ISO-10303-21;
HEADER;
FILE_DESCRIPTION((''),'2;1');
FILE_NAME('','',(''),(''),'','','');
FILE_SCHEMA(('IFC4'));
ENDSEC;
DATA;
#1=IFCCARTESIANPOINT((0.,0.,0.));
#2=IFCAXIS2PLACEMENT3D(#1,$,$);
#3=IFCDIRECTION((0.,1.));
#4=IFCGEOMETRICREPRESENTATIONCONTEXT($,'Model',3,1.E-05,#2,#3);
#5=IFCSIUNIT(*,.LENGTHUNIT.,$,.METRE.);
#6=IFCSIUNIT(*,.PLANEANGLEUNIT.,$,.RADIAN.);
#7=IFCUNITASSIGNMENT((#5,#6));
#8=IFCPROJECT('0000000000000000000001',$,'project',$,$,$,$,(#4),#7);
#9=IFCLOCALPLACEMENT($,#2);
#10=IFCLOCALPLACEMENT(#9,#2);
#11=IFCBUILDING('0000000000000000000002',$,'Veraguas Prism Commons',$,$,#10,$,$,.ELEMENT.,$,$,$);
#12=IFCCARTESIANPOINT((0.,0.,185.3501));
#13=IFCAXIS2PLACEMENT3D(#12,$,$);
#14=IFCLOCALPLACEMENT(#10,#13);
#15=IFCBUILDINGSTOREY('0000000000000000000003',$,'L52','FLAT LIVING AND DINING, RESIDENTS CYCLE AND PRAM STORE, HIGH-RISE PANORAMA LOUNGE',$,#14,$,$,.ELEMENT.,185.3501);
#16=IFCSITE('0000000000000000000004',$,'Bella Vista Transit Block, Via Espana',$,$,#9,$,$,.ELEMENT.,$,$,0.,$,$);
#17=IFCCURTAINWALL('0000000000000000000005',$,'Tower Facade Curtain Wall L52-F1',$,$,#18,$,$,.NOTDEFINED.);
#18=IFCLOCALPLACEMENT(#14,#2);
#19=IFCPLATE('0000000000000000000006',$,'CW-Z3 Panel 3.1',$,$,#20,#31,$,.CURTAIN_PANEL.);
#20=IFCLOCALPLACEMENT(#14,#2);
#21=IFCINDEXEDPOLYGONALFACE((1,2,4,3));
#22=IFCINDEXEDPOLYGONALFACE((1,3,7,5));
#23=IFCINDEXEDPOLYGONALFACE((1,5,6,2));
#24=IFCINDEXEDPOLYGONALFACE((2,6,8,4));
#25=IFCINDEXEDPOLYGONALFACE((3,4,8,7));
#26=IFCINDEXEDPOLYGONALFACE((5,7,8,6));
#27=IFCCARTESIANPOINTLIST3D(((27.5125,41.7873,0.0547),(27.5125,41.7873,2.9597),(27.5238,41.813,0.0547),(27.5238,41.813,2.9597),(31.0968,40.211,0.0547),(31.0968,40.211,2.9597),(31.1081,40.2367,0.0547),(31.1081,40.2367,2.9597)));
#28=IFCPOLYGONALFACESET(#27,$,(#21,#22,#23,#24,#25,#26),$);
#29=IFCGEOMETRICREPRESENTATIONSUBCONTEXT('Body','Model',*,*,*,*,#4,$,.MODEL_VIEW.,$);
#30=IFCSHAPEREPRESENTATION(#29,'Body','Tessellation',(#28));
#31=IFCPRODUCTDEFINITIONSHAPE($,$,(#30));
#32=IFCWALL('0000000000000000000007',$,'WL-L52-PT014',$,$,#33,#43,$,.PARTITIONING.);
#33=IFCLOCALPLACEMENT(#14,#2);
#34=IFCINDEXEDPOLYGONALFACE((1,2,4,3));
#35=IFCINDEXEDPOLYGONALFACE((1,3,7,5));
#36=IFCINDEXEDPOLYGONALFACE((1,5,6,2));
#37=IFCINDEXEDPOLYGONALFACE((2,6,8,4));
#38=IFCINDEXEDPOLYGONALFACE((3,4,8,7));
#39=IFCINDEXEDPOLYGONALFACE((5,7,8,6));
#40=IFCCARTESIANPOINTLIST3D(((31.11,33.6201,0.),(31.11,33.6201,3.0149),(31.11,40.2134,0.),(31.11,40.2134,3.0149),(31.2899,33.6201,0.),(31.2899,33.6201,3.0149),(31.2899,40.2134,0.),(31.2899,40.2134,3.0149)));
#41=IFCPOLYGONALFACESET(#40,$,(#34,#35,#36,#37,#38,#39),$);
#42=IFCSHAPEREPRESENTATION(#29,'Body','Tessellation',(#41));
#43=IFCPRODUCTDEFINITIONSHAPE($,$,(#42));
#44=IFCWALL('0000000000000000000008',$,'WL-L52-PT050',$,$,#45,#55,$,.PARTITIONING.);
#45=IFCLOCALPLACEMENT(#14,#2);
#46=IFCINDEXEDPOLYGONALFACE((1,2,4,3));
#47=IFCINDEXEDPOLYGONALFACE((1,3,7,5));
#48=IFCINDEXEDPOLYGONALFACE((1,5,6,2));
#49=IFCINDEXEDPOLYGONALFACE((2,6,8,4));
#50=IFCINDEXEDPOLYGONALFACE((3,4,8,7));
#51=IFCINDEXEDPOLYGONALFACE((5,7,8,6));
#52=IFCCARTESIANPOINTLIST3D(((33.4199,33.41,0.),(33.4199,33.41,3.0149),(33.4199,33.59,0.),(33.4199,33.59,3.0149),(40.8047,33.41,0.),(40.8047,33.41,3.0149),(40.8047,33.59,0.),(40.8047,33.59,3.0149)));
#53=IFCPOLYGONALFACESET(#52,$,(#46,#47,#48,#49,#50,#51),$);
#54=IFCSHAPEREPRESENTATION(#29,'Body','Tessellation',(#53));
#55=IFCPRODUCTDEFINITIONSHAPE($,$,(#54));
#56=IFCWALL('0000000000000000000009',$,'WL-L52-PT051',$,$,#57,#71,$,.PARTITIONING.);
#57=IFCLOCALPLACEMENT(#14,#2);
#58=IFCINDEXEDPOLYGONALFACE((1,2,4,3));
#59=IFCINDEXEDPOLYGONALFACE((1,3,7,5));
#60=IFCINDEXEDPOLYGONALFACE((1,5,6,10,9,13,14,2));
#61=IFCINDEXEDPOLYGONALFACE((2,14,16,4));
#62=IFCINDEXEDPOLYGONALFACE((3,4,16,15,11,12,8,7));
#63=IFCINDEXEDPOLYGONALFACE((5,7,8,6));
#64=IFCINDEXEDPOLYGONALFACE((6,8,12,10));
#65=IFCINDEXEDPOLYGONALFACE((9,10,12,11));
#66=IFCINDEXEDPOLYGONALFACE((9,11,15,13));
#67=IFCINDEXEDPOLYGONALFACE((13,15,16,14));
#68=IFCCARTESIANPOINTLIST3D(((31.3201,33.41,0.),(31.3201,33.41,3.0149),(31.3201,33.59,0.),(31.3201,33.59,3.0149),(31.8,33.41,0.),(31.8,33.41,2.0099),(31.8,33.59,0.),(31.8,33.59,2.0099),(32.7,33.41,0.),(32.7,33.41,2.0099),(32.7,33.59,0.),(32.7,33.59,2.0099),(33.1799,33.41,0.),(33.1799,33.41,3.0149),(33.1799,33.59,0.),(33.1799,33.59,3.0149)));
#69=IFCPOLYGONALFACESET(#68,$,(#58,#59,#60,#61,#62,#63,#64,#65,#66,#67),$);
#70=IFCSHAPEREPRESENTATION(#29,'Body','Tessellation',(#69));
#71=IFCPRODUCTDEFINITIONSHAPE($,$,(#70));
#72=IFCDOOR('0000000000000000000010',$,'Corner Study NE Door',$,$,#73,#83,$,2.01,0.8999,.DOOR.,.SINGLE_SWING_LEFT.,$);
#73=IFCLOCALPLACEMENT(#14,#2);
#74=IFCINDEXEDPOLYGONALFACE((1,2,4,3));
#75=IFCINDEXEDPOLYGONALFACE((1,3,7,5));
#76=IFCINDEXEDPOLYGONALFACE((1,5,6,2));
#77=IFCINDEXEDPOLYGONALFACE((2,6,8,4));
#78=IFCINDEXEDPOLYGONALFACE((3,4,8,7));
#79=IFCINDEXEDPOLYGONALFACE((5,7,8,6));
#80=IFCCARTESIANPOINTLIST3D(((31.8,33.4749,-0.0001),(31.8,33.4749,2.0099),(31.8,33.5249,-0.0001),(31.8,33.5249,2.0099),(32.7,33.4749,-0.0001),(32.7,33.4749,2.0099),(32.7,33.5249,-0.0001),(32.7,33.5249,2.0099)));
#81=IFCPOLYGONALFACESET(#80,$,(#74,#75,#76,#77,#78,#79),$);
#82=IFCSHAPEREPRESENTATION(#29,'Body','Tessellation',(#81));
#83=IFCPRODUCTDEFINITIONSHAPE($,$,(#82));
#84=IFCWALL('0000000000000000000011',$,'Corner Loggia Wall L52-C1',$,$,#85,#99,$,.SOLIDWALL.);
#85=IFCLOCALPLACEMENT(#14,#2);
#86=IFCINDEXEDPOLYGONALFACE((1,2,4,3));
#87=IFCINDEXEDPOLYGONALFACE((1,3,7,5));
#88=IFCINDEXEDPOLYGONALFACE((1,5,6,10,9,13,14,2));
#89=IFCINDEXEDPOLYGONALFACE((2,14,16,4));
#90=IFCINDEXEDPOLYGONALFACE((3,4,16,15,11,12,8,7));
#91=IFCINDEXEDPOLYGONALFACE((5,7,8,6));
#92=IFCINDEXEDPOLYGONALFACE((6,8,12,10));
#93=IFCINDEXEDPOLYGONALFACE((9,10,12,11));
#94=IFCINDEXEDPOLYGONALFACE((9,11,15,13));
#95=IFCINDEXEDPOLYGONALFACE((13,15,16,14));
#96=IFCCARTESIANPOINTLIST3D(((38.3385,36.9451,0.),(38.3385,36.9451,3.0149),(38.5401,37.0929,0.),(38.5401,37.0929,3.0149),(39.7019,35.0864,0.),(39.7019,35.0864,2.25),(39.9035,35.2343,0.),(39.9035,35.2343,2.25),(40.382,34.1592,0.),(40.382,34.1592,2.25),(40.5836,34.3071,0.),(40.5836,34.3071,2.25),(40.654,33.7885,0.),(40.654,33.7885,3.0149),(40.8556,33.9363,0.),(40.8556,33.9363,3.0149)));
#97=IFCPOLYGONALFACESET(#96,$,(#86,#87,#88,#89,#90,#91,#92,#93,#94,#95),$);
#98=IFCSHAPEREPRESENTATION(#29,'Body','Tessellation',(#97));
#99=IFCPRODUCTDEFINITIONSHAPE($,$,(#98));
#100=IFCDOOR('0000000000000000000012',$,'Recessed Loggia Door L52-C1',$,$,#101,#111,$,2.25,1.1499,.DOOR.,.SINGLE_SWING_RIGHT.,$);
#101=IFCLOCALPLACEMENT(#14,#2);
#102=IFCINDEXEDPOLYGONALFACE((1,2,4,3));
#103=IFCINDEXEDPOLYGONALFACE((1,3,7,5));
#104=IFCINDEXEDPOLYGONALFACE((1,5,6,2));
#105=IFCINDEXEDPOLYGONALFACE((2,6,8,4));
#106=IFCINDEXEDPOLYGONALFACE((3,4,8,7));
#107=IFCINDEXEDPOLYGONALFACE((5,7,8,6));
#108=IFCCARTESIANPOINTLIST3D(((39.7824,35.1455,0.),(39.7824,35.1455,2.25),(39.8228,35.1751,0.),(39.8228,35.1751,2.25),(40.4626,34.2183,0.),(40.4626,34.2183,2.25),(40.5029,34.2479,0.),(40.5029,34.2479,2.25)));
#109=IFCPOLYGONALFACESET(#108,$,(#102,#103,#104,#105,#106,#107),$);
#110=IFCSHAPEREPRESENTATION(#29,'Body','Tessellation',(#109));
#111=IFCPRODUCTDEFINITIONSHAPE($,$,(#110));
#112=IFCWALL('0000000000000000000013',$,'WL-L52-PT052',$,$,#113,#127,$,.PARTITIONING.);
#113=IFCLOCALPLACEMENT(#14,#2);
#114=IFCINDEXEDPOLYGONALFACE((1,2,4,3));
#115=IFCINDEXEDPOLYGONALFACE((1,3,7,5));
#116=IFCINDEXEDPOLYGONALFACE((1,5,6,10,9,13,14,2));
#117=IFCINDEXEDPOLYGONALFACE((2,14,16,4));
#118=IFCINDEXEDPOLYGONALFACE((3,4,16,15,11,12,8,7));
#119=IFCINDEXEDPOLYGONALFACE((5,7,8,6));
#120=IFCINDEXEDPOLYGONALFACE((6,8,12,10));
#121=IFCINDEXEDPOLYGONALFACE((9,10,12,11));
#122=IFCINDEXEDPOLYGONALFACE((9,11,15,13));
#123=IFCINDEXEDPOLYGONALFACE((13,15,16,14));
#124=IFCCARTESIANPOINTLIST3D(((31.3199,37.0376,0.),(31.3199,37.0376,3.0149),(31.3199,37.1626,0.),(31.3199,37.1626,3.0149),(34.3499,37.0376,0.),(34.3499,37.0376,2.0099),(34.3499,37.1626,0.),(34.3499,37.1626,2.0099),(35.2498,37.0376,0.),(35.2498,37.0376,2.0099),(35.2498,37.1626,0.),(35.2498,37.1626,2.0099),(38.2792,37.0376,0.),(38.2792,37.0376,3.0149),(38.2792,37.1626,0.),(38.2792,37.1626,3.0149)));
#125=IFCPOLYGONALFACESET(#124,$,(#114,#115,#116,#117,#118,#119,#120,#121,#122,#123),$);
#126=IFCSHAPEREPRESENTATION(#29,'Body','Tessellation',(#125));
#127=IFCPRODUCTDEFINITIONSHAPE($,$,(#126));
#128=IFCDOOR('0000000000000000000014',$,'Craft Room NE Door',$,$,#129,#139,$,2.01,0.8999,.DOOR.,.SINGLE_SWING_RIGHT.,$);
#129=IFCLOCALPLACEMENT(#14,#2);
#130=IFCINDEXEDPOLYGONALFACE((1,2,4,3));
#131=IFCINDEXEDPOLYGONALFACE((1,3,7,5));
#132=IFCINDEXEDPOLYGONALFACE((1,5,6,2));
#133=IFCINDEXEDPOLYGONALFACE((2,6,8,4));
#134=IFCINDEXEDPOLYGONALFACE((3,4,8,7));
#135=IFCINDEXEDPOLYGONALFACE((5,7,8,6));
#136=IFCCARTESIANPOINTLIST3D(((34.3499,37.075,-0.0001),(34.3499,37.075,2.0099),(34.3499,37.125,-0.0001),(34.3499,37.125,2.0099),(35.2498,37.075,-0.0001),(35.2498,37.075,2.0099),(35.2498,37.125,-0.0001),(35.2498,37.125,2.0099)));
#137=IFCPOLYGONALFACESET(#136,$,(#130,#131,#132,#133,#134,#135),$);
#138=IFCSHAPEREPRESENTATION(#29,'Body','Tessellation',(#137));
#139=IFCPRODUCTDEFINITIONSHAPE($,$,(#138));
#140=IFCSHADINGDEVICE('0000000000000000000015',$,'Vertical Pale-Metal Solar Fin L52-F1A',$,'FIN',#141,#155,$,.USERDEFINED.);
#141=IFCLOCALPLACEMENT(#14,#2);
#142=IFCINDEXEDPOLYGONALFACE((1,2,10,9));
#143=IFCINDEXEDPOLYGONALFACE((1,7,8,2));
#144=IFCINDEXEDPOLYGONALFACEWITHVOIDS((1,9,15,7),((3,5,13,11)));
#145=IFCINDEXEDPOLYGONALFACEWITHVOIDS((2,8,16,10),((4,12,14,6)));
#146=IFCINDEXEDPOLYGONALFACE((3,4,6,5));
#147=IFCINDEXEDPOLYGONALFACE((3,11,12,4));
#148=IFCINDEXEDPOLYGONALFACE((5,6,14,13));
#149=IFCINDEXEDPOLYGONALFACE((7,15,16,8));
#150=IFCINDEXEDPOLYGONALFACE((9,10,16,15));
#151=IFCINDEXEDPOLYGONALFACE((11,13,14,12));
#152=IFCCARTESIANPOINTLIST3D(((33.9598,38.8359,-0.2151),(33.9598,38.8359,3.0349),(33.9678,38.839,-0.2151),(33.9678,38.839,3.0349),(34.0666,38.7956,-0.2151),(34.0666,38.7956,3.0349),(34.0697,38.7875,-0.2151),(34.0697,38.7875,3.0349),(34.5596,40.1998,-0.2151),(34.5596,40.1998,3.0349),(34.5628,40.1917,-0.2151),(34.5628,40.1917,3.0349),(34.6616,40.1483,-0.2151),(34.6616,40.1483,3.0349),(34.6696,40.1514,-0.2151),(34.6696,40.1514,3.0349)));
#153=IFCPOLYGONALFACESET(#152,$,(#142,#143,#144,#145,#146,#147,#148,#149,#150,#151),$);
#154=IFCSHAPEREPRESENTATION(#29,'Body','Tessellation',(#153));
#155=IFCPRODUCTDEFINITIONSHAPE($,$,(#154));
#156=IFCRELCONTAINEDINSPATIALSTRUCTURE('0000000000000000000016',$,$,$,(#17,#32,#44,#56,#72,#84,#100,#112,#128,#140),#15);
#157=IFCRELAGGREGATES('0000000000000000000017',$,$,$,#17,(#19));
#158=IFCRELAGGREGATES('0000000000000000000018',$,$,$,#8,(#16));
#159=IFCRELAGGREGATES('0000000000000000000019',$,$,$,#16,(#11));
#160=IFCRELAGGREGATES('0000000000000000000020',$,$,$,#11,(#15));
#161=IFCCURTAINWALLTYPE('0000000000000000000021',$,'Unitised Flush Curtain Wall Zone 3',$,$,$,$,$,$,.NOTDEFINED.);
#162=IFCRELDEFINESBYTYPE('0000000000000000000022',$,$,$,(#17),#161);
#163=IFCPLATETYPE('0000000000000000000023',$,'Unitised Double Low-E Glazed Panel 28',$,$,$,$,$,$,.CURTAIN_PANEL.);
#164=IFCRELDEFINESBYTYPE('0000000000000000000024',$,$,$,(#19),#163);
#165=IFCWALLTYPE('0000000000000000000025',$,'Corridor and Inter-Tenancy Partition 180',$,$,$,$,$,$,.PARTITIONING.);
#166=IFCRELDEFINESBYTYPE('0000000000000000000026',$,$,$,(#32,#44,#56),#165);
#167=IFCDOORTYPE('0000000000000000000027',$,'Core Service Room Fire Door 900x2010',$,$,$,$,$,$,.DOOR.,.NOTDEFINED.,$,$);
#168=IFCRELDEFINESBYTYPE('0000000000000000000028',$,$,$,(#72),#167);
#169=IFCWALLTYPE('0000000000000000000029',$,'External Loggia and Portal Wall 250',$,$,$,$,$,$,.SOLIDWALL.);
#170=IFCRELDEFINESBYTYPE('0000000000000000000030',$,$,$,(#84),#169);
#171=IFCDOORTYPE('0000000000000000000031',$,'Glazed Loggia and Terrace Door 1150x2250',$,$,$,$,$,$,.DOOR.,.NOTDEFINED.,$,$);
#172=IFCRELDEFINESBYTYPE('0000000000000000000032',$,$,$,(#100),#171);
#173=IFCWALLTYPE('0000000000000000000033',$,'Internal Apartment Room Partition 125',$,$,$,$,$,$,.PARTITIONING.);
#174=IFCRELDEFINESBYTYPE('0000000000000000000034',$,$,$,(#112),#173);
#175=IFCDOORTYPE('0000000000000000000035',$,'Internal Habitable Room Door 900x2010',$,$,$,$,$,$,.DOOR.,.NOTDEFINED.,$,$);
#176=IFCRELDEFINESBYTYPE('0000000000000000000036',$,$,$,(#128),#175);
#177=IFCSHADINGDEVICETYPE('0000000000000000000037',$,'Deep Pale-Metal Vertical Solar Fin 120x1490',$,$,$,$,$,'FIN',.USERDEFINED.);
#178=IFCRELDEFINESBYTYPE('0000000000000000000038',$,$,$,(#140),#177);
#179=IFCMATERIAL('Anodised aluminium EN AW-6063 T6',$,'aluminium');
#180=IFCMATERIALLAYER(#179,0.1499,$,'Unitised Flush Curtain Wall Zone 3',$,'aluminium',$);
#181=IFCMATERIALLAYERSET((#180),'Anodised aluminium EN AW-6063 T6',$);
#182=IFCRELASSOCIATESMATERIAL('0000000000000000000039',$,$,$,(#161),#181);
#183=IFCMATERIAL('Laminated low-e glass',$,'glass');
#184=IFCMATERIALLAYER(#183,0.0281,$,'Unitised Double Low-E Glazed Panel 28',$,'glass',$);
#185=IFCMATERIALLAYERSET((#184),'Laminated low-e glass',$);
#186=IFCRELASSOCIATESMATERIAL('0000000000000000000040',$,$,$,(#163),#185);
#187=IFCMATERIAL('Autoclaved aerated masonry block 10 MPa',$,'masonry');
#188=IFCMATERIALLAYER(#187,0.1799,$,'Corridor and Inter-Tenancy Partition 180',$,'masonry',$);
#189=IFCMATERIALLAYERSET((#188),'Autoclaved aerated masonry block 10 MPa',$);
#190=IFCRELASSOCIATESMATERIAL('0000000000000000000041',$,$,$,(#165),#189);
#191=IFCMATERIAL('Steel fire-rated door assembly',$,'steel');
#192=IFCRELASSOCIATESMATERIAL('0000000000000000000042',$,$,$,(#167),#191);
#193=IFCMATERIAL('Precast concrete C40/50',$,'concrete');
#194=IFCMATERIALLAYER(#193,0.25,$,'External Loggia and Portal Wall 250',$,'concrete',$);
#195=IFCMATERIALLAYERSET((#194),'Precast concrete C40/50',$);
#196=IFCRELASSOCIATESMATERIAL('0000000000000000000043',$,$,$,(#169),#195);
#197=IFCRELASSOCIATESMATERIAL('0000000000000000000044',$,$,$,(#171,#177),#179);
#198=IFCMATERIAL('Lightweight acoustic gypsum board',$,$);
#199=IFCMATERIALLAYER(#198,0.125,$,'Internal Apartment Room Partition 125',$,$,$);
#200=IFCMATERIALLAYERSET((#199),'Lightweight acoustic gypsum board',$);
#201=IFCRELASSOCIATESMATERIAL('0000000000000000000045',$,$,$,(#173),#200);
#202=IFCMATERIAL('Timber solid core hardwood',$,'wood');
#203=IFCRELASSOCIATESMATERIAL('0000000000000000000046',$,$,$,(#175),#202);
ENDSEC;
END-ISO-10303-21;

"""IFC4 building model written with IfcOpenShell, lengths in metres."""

from ifc_helpers import new_model, si_unit, direction, frame, frame_2d, origin, origin_2d, place, context, subcontext, project, spatial, rectangle, hollow_rectangle, extrude, source, transform, mapped, material, layer, layer_set, material_profile, profile_set, type_object, element, fill, aggregate, save


model = new_model("IFC4")

# Units and contexts
model_context = context("Model", 3, precision=1e-05, world=origin(), true_north=direction((0.0, 1.0)))
body_context = subcontext(model_context, "Body", "Model", "MODEL_VIEW")
ifc_project = project(units=[si_unit("LENGTHUNIT", "METRE"), si_unit("PLANEANGLEUNIT", "RADIAN")], contexts=[model_context])

# Site, building, storey
site_placement = place(None, origin())
site = spatial("IfcSite", under=ifc_project, at=site_placement, Name="Bella Vista Transit Block, Via Espana", CompositionType="ELEMENT", RefElevation=0.0)
building_placement = place(site_placement, origin())
building = spatial("IfcBuilding", under=site, at=building_placement, Name="Veraguas Prism Commons", CompositionType="ELEMENT")
storey_placement = place(building_placement, frame((0.0, 0.0, 185.3501)))
storey = spatial("IfcBuildingStorey", under=building, at=storey_placement, Name="L52", Description="FLAT LIVING AND DINING, RESIDENTS CYCLE AND PRAM STORE, HIGH-RISE PANORAMA LOUNGE", CompositionType="ELEMENT", Elevation=185.3501)

# Curtain wall
ifc_material_1 = material(Name="Anodised aluminium EN AW-6063 T6", Category="aluminium")
ifc_layer_1 = layer(ifc_material_1, 0.1499, Name="Unitised Flush Curtain Wall Zone 3", Category="aluminium")
ifc_layer_set_1 = layer_set([ifc_layer_1], Name="Anodised aluminium EN AW-6063 T6")
curtain_wall_type = type_object("IfcCurtainWallType", Name="Unitised Flush Curtain Wall Zone 3", PredefinedType="NOTDEFINED", material=ifc_layer_set_1)
curtain_wall_1_placement = place(storey_placement, origin())
curtain_wall_1 = element("IfcCurtainWall", 1, at=curtain_wall_1_placement, inside=storey, type_object=curtain_wall_type, Name="Tower Facade Curtain Wall L52-F1", PredefinedType="NOTDEFINED")

# Plate
ifc_material_2 = material(Name="Laminated low-e glass", Category="glass")
ifc_layer_2 = layer(ifc_material_2, 0.0281, Name="Unitised Double Low-E Glazed Panel 28", Category="glass")
ifc_layer_set_2 = layer_set([ifc_layer_2], Name="Laminated low-e glass")
plate_type = type_object("IfcPlateType", Name="Unitised Double Low-E Glazed Panel 28", PredefinedType="CURTAIN_PANEL", material=ifc_layer_set_2)
shared_shape_1 = source(origin(), body_context, "Body", "SweptSolid", [
    extrude(rectangle(XDim=3.9155, YDim=0.0281, at=origin_2d()), origin(), (0.0, 0.0, 1.0), 2.905),
])
plate_1_placement = place(storey_placement, frame((29.3103, 41.012, 0.0547), z_axis=(0.0, 0.0, 1.0), x_axis=(-0.915385, 0.402581, 0.0)))
plate_1 = element("IfcPlate", 2, at=plate_1_placement, type_object=plate_type, Name="CW-Z3 Panel 3.1", PredefinedType="CURTAIN_PANEL", context=body_context, shape_type="MappedRepresentation", body=[
    mapped(shared_shape_1, transform((0.0, 0.0, 0.0), scale=1.0)),
])
aggregate(curtain_wall_1, [plate_1])

# Walls
ifc_material_3 = material(Name="Autoclaved aerated masonry block 10 MPa", Category="masonry")
ifc_layer_3 = layer(ifc_material_3, 0.1799, Name="Corridor and Inter-Tenancy Partition 180", Category="masonry")
ifc_layer_set_3 = layer_set([ifc_layer_3], Name="Autoclaved aerated masonry block 10 MPa")
wall_type_1 = type_object("IfcWallType", Name="Corridor and Inter-Tenancy Partition 180", PredefinedType="PARTITIONING", material=ifc_layer_set_3)
wall_1_placement = place(storey_placement, frame((31.2, 33.6201, 0.0), z_axis=(0.0, 0.0, 1.0), x_axis=(0.0, 1.0, 0.0)))
element("IfcWall", 3, at=wall_1_placement, inside=storey, type_object=wall_type_1, Name="WL-L52-PT014", PredefinedType="PARTITIONING", context=body_context, shape_type="SweptSolid", body=[
    extrude(rectangle(XDim=6.5933, YDim=0.1799, at=frame_2d((3.2966, 0.0))), origin(), (0.0, 0.0, 1.0), 3.0149),
])
wall_2_placement = place(storey_placement, frame((33.4199, 33.5, 0.0), z_axis=(0.0, 0.0, 1.0), x_axis=(1.0, 0.0, 0.0)))
element("IfcWall", 4, at=wall_2_placement, inside=storey, type_object=wall_type_1, Name="WL-L52-PT050", PredefinedType="PARTITIONING", context=body_context, shape_type="SweptSolid", body=[
    extrude(rectangle(XDim=7.3848, YDim=0.1799, at=frame_2d((3.6924, 0.0))), origin(), (0.0, 0.0, 1.0), 3.0149),
])

# Walls, openings, doors
wall_3_placement = place(storey_placement, frame((31.3201, 33.5, 0.0), z_axis=(0.0, 0.0, 1.0), x_axis=(1.0, 0.0, 0.0)))
wall_3 = element("IfcWall", 5, at=wall_3_placement, inside=storey, type_object=wall_type_1, Name="WL-L52-PT051", PredefinedType="PARTITIONING", context=body_context, shape_type="SweptSolid", body=[
    extrude(rectangle(XDim=1.8599, YDim=0.1799, at=frame_2d((0.9299, 0.0))), origin(), (0.0, 0.0, 1.0), 3.0149),
])
opening_1_placement = place(wall_3_placement, frame((0.48, 0.0, 0.0)))
opening_1 = element("IfcOpeningElement", 6, at=opening_1_placement, cuts=wall_3, PredefinedType="OPENING", context=body_context, shape_type="SweptSolid", body=[
    extrude(rectangle(XDim=0.8999, YDim=2.01, at=frame_2d((0.45, 1.0049))), frame((0.0, 0.0999, 0.0), z_axis=(0.0, -1.0, 0.0), x_axis=(1.0, 0.0, 0.0)), (0.0, 0.0, 1.0), 0.2),
])
ifc_material_4 = material(Name="Steel fire-rated door assembly", Category="steel")
door_type_1 = type_object("IfcDoorType", Name="Core Service Room Fire Door 900x2010", OperationType="NOTDEFINED", PredefinedType="DOOR", material=ifc_material_4)
shared_shape_2 = source(origin(), body_context, "Body", "SweptSolid", [
    extrude(rectangle(XDim=0.8999, YDim=2.01, at=frame_2d((0.45, 1.0049))), frame((0.0, 0.0249, 0.0), z_axis=(0.0, -1.0, 0.0), x_axis=(1.0, 0.0, 0.0)), (0.0, 0.0, 1.0), 0.05),
])
door_1_placement = place(opening_1_placement, origin())
door_1 = element("IfcDoor", 7, at=door_1_placement, inside=storey, type_object=door_type_1, Name="Corner Study NE Door", OperationType="SINGLE_SWING_LEFT", OverallHeight=2.01, OverallWidth=0.8999, PredefinedType="DOOR", context=body_context, shape_type="MappedRepresentation", body=[
    mapped(shared_shape_2, transform((0.0, 0.0, 0.0), scale=1.0)),
])
fill(opening_1, door_1)
ifc_material_5 = material(Name="Precast concrete C40/50", Category="concrete")
ifc_layer_4 = layer(ifc_material_5, 0.25, Name="External Loggia and Portal Wall 250", Category="concrete")
ifc_layer_set_4 = layer_set([ifc_layer_4], Name="Precast concrete C40/50")
wall_type_2 = type_object("IfcWallType", Name="External Loggia and Portal Wall 250", PredefinedType="SOLIDWALL", material=ifc_layer_set_4)
wall_4_placement = place(storey_placement, frame((40.7549, 33.8623, 0.0), z_axis=(0.0, 0.0, 1.0), x_axis=(-0.591475, 0.806324, 0.0)))
wall_4 = element("IfcWall", 8, at=wall_4_placement, inside=storey, type_object=wall_type_2, Name="Corner Loggia Wall L52-C1", PredefinedType="SOLIDWALL", context=body_context, shape_type="SweptSolid", body=[
    extrude(rectangle(XDim=3.9148, YDim=0.25, at=frame_2d((1.9575, 0.0))), origin(), (0.0, 0.0, 1.0), 3.0149),
])
opening_2_placement = place(wall_4_placement, frame((0.46, 0.0, 0.0)))
opening_2 = element("IfcOpeningElement", 9, at=opening_2_placement, cuts=wall_4, PredefinedType="OPENING", context=body_context, shape_type="SweptSolid", body=[
    extrude(rectangle(XDim=1.1499, YDim=2.25, at=frame_2d((0.575, 1.125))), frame((0.0, 0.135, 0.0), z_axis=(0.0, -1.0, 0.0), x_axis=(1.0, 0.0, 0.0)), (0.0, 0.0, 1.0), 0.27),
])
door_type_2 = type_object("IfcDoorType", Name="Glazed Loggia and Terrace Door 1150x2250", OperationType="NOTDEFINED", PredefinedType="DOOR", material=ifc_material_1)
shared_shape_3 = source(origin(), body_context, "Body", "SweptSolid", [
    extrude(rectangle(XDim=1.1499, YDim=2.25, at=frame_2d((0.575, 1.125))), frame((0.0, 0.0249, 0.0), z_axis=(0.0, -1.0, 0.0), x_axis=(1.0, 0.0, 0.0)), (0.0, 0.0, 1.0), 0.05),
])
door_2_placement = place(opening_2_placement, frame((1.1499, 0.0, 0.0), z_axis=(0.0, 0.0, 1.0), x_axis=(-1.0, 0.0, 0.0)))
door_2 = element("IfcDoor", 10, at=door_2_placement, inside=storey, type_object=door_type_2, Name="Recessed Loggia Door L52-C1", OperationType="SINGLE_SWING_RIGHT", OverallHeight=2.25, OverallWidth=1.1499, PredefinedType="DOOR", context=body_context, shape_type="MappedRepresentation", body=[
    mapped(shared_shape_3, transform((0.0, 0.0, 0.0), scale=1.0)),
])
fill(opening_2, door_2)
ifc_material_6 = material(Name="Lightweight acoustic gypsum board")
ifc_layer_5 = layer(ifc_material_6, 0.125, Name="Internal Apartment Room Partition 125")
ifc_layer_set_5 = layer_set([ifc_layer_5], Name="Lightweight acoustic gypsum board")
wall_type_3 = type_object("IfcWallType", Name="Internal Apartment Room Partition 125", PredefinedType="PARTITIONING", material=ifc_layer_set_5)
wall_5_placement = place(storey_placement, frame((31.3201, 37.1001, 0.0), z_axis=(0.0, 0.0, 1.0), x_axis=(1.0, 0.0, 0.0)))
wall_5 = element("IfcWall", 11, at=wall_5_placement, inside=storey, type_object=wall_type_3, Name="WL-L52-PT052", PredefinedType="PARTITIONING", context=body_context, shape_type="SweptSolid", body=[
    extrude(rectangle(XDim=6.9592, YDim=0.125, at=frame_2d((3.4795, 0.0))), origin(), (0.0, 0.0, 1.0), 3.0149),
])
opening_3_placement = place(wall_5_placement, frame((3.0298, 0.0, 0.0)))
opening_3 = element("IfcOpeningElement", 12, at=opening_3_placement, cuts=wall_5, PredefinedType="OPENING", context=body_context, shape_type="SweptSolid", body=[
    extrude(rectangle(XDim=0.8999, YDim=2.01, at=frame_2d((0.45, 1.0049))), frame((0.0, 0.0725, 0.0), z_axis=(0.0, -1.0, 0.0), x_axis=(1.0, 0.0, 0.0)), (0.0, 0.0, 1.0), 0.145),
])
ifc_material_7 = material(Name="Timber solid core hardwood", Category="wood")
door_type_3 = type_object("IfcDoorType", Name="Internal Habitable Room Door 900x2010", OperationType="NOTDEFINED", PredefinedType="DOOR", material=ifc_material_7)
door_3_placement = place(opening_3_placement, origin())
door_3 = element("IfcDoor", 13, at=door_3_placement, inside=storey, type_object=door_type_3, Name="Craft Room NE Door", OperationType="SINGLE_SWING_RIGHT", OverallHeight=2.01, OverallWidth=0.8999, PredefinedType="DOOR", context=body_context, shape_type="MappedRepresentation", body=[
    mapped(shared_shape_2, transform((0.0, 0.0, 0.0), scale=1.0)),
])
fill(opening_3, door_3)

# Shading device
ifc_material_profile_1 = material_profile(ifc_material_1, hollow_rectangle(XDim=0.1201, YDim=1.49, WallThickness=0.0061, at=origin_2d()), Name="FIN120X1490X6")
ifc_profile_set_1 = profile_set([ifc_material_profile_1], Name="Anodised aluminium EN AW-6063 T6")
shading_device_type = type_object("IfcShadingDeviceType", Name="Deep Pale-Metal Vertical Solar Fin 120x1490", ElementType="FIN", PredefinedType="USERDEFINED", material=ifc_profile_set_1)
shading_device_placement = place(storey_placement, frame((34.3147, 39.4937, -0.2151), z_axis=(0.0, 0.0, 1.0), x_axis=(-0.915382, 0.402587, 0.0)))
element("IfcShadingDevice", 14, at=shading_device_placement, inside=storey, type_object=shading_device_type, Name="Vertical Pale-Metal Solar Fin L52-F1A", ObjectType="FIN", PredefinedType="USERDEFINED", context=body_context, shape_type="SweptSolid", body=[
    extrude(hollow_rectangle(XDim=0.1201, YDim=1.49, WallThickness=0.0061, at=origin_2d()), origin(), (0.0, 0.0, 1.0), 3.25),
])

save(model, "model.ifc")
